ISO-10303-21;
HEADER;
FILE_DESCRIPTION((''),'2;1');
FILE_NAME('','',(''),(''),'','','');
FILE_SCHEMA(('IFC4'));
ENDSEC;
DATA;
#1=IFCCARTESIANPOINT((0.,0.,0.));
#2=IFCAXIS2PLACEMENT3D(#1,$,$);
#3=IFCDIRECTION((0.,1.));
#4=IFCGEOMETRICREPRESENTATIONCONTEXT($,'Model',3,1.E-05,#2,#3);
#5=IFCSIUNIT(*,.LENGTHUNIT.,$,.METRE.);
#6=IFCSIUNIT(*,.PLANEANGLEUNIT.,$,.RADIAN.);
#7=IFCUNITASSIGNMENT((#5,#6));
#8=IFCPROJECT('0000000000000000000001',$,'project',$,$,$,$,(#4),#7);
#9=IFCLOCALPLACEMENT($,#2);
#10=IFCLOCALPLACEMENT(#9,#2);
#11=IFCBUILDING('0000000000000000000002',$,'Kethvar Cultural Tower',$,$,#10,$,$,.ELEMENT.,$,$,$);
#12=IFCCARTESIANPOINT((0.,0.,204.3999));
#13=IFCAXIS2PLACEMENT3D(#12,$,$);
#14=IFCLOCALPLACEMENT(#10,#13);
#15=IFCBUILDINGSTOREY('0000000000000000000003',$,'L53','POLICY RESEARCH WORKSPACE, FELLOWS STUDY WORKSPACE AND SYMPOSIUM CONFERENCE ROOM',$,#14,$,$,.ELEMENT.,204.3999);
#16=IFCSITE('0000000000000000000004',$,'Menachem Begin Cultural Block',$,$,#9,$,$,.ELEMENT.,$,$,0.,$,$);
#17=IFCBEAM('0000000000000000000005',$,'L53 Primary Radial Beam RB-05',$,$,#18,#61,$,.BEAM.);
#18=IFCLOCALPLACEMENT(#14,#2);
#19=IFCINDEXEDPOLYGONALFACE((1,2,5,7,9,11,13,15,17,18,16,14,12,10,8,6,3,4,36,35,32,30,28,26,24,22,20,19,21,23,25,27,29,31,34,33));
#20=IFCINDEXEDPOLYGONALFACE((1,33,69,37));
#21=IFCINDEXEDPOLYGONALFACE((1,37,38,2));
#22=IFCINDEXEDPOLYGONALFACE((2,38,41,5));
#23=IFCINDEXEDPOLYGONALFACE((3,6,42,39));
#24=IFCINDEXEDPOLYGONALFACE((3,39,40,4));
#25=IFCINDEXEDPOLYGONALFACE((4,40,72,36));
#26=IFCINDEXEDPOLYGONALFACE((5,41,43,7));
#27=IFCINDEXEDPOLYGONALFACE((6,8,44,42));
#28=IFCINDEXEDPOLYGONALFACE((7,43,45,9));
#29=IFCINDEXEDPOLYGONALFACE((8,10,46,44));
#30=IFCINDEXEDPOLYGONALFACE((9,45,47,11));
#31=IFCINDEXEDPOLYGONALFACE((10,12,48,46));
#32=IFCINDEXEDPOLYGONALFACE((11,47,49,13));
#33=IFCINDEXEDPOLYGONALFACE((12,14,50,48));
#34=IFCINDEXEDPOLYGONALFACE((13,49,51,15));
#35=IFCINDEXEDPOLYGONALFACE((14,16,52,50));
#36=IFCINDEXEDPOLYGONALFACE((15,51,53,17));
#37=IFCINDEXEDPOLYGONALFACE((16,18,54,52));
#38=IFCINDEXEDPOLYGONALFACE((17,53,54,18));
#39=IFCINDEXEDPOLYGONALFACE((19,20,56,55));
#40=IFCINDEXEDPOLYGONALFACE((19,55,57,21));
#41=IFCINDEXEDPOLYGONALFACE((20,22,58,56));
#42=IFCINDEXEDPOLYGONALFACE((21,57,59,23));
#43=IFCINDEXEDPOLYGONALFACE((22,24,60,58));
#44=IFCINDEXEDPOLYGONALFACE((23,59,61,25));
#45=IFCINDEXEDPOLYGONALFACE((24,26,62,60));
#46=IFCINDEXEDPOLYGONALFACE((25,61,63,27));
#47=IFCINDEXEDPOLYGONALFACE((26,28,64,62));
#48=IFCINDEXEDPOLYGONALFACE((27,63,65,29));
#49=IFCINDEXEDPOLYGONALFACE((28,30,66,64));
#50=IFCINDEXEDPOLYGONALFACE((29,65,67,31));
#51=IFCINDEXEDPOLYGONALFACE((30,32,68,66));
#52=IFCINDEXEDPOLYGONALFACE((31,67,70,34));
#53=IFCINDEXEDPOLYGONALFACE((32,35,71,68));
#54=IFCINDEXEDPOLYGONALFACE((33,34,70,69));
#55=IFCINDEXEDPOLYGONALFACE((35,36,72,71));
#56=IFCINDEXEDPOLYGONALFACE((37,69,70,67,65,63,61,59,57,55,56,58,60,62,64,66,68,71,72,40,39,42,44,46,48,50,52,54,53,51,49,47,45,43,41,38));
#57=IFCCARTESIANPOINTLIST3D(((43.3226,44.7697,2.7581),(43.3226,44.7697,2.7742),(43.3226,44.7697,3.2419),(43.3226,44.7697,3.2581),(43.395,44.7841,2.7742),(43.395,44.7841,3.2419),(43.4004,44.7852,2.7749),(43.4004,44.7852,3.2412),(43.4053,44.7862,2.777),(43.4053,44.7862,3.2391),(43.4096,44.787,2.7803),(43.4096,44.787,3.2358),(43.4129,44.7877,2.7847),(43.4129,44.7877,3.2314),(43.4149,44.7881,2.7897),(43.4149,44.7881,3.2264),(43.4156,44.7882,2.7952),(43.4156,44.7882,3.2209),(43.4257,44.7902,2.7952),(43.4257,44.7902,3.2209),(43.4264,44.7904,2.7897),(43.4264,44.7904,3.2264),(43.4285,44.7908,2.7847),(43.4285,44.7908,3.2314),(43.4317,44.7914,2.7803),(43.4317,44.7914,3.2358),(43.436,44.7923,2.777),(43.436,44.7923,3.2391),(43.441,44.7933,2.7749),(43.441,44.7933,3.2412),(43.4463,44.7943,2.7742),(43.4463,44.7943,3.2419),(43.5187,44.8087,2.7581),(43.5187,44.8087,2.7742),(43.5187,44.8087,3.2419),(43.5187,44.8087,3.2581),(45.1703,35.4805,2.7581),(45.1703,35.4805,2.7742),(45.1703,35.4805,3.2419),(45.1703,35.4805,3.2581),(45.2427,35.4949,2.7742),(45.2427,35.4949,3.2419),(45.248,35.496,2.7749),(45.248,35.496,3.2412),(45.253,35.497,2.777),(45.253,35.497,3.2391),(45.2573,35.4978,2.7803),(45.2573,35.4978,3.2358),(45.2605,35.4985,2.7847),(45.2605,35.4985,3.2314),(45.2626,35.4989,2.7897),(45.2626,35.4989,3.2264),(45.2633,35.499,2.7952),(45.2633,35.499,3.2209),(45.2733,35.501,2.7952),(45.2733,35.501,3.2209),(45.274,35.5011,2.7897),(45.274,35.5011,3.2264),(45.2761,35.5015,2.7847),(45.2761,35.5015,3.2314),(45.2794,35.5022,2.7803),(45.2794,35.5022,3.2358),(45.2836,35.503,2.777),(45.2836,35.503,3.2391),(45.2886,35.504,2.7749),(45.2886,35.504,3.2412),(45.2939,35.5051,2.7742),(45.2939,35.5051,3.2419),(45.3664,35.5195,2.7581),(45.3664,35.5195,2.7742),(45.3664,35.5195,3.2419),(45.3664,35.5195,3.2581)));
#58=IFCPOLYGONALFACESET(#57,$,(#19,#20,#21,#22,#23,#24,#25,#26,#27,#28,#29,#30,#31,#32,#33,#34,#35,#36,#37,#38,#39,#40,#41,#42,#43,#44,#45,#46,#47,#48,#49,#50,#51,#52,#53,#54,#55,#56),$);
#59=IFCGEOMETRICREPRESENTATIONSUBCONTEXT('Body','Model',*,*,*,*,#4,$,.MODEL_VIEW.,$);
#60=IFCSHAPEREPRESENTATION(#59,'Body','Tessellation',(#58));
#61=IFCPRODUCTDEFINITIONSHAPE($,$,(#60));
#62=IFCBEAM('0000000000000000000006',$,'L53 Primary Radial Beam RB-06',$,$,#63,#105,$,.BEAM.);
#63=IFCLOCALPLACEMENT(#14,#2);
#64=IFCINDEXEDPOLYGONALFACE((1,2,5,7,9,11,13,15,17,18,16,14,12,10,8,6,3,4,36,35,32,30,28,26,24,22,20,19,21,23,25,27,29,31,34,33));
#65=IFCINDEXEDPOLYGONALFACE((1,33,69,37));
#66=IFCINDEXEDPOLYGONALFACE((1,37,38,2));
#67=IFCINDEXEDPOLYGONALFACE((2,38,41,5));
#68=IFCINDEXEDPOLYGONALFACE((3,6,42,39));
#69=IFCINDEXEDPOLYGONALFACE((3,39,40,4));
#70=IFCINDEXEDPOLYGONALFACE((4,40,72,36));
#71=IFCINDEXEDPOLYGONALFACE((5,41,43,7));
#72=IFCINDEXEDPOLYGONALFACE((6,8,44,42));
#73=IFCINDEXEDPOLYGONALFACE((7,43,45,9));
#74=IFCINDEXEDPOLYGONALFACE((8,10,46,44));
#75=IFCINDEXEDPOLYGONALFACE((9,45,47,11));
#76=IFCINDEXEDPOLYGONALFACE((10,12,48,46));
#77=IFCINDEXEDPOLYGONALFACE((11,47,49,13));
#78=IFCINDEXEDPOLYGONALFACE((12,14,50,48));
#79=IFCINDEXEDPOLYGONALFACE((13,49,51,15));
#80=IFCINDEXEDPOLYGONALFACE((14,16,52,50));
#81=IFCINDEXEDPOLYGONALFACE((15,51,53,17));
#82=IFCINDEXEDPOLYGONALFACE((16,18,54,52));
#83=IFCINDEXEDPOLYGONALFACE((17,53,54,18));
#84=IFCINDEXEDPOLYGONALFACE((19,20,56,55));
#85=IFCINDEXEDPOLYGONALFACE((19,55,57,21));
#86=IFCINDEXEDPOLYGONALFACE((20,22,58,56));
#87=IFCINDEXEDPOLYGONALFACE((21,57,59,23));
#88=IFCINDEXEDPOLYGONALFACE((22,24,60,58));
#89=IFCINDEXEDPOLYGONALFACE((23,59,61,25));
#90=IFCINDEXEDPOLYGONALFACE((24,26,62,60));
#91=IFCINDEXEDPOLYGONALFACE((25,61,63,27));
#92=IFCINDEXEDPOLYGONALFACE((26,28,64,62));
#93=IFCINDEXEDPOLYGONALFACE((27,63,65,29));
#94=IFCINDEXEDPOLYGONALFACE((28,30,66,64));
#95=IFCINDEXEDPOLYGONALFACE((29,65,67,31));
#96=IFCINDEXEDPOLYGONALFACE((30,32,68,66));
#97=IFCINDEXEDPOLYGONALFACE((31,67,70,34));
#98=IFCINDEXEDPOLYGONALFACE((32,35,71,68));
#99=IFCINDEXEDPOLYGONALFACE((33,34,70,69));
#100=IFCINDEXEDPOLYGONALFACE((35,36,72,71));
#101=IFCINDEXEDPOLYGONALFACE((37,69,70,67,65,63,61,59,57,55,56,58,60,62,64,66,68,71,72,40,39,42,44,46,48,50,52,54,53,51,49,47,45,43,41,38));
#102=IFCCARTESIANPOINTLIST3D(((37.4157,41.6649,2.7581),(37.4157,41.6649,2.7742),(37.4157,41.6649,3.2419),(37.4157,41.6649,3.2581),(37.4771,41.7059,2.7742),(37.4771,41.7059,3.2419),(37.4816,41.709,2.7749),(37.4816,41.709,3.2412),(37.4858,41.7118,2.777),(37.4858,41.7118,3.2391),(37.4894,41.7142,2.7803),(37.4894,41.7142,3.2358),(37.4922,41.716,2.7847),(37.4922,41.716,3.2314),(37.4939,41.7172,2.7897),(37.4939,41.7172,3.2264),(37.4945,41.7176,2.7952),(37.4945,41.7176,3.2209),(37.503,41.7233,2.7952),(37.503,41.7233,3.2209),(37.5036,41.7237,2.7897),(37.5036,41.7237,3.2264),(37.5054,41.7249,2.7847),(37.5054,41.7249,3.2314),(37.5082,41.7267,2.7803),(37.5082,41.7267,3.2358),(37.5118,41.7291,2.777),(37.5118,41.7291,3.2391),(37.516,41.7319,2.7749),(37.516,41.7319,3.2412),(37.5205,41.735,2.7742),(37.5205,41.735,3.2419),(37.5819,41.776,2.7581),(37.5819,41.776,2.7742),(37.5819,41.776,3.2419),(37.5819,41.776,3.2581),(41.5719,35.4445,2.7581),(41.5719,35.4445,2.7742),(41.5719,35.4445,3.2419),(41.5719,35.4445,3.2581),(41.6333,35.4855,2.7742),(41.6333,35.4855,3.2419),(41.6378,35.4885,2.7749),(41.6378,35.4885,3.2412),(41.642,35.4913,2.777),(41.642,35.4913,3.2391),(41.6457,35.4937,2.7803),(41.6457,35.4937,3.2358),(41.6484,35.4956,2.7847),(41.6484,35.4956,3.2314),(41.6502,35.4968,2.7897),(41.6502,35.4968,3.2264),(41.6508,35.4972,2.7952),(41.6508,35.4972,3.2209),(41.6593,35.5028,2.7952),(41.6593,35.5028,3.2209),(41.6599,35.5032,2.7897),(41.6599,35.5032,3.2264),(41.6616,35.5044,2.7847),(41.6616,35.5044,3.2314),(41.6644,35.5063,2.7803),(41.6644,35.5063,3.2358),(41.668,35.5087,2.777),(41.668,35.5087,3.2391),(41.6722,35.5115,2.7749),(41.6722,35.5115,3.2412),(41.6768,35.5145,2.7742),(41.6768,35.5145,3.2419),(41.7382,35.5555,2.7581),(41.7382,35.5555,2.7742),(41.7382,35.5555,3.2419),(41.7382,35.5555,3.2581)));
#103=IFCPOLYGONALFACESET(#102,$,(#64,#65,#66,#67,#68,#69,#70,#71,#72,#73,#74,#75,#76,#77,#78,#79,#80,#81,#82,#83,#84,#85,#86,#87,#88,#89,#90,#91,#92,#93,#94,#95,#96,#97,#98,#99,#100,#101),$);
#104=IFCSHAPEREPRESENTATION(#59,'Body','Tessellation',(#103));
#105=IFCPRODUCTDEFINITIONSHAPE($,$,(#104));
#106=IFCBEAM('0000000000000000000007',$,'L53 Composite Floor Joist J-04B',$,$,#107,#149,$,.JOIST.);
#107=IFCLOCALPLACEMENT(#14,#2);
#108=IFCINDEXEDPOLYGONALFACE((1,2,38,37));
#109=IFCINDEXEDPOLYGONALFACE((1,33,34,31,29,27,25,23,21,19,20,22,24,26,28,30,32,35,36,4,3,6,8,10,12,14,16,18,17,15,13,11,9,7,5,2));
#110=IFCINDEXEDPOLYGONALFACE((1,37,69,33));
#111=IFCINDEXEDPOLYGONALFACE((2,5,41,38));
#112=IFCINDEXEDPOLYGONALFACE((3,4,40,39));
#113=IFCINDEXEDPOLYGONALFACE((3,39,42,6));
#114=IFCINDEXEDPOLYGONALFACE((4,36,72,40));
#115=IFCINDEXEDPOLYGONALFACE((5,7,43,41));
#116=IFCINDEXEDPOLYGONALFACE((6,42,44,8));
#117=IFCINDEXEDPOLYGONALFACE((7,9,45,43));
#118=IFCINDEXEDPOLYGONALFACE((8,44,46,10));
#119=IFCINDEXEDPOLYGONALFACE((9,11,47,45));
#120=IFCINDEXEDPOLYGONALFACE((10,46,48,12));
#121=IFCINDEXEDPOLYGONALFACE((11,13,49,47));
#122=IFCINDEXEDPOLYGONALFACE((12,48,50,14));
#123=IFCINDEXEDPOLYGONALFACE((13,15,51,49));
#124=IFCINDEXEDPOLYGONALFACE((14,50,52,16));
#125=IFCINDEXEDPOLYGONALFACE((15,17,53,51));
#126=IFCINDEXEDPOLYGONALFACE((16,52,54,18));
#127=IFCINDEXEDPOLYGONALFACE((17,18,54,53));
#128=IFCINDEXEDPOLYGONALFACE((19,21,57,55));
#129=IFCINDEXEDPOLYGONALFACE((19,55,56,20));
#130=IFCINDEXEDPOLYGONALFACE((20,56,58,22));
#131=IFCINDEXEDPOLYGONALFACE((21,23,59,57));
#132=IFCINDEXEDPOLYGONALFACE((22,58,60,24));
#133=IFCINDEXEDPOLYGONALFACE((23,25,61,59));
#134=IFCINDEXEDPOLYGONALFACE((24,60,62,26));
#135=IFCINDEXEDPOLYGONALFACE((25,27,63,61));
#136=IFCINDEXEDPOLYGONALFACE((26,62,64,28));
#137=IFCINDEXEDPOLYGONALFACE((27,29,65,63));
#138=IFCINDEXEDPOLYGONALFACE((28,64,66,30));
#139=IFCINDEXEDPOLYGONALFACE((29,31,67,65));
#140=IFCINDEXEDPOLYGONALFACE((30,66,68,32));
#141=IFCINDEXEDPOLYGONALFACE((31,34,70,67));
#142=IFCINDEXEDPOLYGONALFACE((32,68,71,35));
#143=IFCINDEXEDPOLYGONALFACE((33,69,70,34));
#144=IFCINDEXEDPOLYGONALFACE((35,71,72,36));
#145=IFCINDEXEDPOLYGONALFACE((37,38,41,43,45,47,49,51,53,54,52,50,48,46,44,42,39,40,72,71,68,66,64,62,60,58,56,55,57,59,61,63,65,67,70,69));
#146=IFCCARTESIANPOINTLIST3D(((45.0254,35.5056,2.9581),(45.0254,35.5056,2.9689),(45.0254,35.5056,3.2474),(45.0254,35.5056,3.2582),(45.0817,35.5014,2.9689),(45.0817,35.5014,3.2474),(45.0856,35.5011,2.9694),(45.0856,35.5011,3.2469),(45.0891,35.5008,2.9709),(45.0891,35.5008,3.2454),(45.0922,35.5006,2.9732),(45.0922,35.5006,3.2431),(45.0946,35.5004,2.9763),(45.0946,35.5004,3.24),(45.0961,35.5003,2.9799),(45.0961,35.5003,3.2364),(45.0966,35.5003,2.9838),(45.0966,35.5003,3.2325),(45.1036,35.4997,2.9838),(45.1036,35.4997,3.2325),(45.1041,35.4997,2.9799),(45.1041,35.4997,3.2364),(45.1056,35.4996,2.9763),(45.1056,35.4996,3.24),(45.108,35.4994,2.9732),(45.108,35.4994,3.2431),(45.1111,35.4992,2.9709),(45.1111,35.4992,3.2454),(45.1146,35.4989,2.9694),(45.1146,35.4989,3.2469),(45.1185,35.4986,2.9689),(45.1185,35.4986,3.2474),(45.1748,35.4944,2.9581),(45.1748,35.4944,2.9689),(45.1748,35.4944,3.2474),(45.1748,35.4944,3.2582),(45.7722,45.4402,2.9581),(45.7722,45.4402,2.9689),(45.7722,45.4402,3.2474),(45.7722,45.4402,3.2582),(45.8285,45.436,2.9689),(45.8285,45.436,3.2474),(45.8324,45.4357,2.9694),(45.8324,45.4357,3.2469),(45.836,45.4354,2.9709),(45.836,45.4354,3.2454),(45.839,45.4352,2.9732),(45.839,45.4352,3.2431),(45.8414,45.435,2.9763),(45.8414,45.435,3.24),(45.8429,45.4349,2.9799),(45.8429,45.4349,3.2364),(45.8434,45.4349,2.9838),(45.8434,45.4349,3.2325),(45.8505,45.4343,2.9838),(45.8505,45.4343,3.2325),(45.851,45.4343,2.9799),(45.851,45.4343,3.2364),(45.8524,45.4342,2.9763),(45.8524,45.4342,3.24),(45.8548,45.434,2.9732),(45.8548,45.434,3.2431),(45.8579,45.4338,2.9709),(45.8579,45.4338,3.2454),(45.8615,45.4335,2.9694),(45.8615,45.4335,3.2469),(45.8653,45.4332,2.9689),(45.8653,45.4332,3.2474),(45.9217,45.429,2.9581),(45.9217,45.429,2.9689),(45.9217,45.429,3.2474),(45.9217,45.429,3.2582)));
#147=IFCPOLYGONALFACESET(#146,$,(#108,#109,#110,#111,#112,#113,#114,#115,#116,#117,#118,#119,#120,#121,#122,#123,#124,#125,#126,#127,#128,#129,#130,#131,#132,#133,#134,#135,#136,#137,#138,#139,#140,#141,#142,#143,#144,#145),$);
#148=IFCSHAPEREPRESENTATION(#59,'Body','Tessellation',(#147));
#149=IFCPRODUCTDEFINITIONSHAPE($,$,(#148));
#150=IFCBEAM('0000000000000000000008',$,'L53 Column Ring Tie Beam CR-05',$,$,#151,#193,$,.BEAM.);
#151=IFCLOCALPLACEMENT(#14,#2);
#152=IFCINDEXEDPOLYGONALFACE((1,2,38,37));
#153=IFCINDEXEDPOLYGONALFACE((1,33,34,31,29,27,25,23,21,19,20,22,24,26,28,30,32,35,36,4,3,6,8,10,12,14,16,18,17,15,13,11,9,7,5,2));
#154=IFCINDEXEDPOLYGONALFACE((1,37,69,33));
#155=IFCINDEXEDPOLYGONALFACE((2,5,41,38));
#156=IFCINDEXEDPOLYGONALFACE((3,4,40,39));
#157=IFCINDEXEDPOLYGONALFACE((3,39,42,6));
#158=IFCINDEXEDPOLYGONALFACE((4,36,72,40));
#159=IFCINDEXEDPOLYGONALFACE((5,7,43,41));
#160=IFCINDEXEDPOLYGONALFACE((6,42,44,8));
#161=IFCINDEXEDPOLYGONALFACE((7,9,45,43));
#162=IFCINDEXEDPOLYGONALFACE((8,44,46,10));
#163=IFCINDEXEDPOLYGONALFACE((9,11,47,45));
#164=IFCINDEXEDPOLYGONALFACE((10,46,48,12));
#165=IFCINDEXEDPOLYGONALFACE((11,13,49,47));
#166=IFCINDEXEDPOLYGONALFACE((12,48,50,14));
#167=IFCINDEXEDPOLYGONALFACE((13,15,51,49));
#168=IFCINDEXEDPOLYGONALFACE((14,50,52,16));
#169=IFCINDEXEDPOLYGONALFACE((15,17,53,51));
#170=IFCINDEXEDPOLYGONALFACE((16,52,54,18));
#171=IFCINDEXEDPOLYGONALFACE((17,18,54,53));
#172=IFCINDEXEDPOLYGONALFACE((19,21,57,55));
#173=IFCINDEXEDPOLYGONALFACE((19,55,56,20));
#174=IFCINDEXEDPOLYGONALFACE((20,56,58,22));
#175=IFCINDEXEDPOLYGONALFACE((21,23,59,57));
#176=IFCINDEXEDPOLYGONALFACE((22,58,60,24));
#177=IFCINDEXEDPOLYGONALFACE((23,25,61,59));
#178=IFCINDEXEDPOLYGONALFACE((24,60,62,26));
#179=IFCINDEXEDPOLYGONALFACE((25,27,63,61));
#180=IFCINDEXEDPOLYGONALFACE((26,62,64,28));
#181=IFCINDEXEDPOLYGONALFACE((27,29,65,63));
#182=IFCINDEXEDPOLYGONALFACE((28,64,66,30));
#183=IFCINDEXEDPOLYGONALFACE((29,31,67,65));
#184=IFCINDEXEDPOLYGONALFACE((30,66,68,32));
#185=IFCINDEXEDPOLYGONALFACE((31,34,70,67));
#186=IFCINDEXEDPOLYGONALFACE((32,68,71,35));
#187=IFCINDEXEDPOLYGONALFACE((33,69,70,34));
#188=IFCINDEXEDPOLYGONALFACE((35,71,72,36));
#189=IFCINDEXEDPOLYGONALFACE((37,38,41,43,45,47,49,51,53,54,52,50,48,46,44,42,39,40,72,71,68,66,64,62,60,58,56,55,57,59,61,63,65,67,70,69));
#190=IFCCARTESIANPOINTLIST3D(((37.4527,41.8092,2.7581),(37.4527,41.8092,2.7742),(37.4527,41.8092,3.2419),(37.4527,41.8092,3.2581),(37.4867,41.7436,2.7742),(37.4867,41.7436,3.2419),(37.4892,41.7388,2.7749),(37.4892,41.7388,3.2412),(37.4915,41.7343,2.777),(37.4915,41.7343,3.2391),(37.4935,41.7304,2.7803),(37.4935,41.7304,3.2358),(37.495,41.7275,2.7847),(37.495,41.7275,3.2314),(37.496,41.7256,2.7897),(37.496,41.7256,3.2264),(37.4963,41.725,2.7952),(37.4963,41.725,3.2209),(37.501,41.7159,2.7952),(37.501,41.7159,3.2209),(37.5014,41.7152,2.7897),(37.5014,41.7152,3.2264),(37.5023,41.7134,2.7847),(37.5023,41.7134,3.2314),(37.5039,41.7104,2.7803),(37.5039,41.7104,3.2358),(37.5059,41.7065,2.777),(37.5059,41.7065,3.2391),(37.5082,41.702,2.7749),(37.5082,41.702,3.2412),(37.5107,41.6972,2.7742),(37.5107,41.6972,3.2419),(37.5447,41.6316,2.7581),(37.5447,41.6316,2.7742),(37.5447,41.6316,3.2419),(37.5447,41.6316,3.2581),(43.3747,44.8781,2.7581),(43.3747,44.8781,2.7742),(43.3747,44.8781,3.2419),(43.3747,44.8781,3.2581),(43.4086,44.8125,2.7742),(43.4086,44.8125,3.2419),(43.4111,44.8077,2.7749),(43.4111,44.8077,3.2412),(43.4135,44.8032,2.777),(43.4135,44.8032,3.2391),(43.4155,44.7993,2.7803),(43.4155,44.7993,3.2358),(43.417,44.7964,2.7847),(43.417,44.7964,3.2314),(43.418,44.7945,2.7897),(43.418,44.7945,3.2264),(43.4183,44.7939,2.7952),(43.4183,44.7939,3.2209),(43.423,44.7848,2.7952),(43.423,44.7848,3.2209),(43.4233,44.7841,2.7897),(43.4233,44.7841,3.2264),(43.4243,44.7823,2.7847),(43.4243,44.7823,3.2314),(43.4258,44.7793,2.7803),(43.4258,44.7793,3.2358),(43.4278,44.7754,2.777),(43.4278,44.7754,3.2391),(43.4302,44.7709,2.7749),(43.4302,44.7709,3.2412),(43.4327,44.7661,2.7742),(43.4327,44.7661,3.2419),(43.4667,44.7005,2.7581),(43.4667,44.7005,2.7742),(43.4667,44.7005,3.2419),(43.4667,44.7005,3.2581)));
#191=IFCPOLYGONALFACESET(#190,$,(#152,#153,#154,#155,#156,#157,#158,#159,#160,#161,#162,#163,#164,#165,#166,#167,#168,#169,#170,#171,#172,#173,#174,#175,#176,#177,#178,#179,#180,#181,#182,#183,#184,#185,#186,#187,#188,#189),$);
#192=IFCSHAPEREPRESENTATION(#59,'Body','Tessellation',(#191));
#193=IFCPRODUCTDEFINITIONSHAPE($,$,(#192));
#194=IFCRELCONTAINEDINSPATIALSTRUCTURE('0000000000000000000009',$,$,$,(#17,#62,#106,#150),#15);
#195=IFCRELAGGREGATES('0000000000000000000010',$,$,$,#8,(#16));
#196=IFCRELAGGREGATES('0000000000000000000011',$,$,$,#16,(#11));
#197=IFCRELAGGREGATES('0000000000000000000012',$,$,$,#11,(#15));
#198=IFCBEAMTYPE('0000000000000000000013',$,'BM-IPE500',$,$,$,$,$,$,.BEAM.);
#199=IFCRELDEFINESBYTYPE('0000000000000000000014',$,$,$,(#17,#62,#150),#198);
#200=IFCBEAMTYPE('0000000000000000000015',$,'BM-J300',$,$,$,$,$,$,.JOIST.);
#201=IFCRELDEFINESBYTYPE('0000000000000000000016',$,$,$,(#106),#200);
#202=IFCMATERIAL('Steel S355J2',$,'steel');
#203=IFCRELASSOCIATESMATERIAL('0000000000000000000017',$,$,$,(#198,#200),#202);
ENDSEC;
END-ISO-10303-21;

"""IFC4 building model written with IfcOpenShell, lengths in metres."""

from ifc_helpers import new_model, si_unit, direction, frame, origin, origin_2d, place, context, subcontext, project, spatial, i_section, extrude, source, transform, mapped, material, material_profile, profile_set, type_object, element, save


model = new_model("IFC4")

# Units and contexts
model_context = context("Model", 3, precision=1e-05, world=origin(), true_north=direction((0.0, 1.0)))
body_context = subcontext(model_context, "Body", "Model", "MODEL_VIEW")
ifc_project = project(units=[si_unit("LENGTHUNIT", "METRE"), si_unit("PLANEANGLEUNIT", "RADIAN")], contexts=[model_context])

# Site, building, storey
site_placement = place(None, origin())
site = spatial("IfcSite", under=ifc_project, at=site_placement, Name="Menachem Begin Cultural Block", CompositionType="ELEMENT", RefElevation=0.0)
building_placement = place(site_placement, origin())
building = spatial("IfcBuilding", under=site, at=building_placement, Name="Kethvar Cultural Tower", CompositionType="ELEMENT")
storey_placement = place(building_placement, frame((0.0, 0.0, 204.3999)))
storey = spatial("IfcBuildingStorey", under=building, at=storey_placement, Name="L53", Description="POLICY RESEARCH WORKSPACE, FELLOWS STUDY WORKSPACE AND SYMPOSIUM CONFERENCE ROOM", CompositionType="ELEMENT", Elevation=204.3999)

# Beams
ifc_material_1 = material(Name="Steel S355J2", Category="steel")
ifc_material_profile_1 = material_profile(ifc_material_1, i_section(OverallWidth=0.2, OverallDepth=0.5, WebThickness=0.0103, FlangeThickness=0.0161, FilletRadius=0.021, at=origin_2d()), Name="Steel S355J2 — IPE500")
ifc_profile_set_1 = profile_set([ifc_material_profile_1], Name="Steel S355J2 — IPE500")
beam_type_1 = type_object("IfcBeamType", Name="BM-IPE500", PredefinedType="BEAM", material=ifc_profile_set_1)
shared_shape_1 = source(origin(), body_context, "Body", "SweptSolid", [
    extrude(i_section(OverallWidth=0.2, OverallDepth=0.5, WebThickness=0.0103, FlangeThickness=0.0161, FilletRadius=0.021, at=origin_2d()), origin(), (0.0, 0.0, 1.0), 9.4712),
])
beam_1_placement = place(storey_placement, frame((45.2683, 35.5, 3.0081), z_axis=(-0.19508, 0.980787, 0.0), x_axis=(-0.980787, -0.19508, 0.0)))
element("IfcBeam", 1, at=beam_1_placement, inside=storey, type_object=beam_type_1, Name="L53 Primary Radial Beam RB-05", PredefinedType="BEAM", context=body_context, shape_type="MappedRepresentation", body=[
    mapped(shared_shape_1, transform((0.0, 0.0, 0.0), scale=1.0)),
])
shared_shape_2 = source(origin(), body_context, "Body", "SweptSolid", [
    extrude(i_section(OverallWidth=0.2, OverallDepth=0.5, WebThickness=0.0103, FlangeThickness=0.0161, FilletRadius=0.021, at=origin_2d()), origin(), (0.0, 0.0, 1.0), 7.4812),
])
beam_2_placement = place(storey_placement, frame((41.655, 35.5, 3.0081), z_axis=(-0.555558, 0.831478, 0.0), x_axis=(-0.831478, -0.555558, 0.0)))
element("IfcBeam", 2, at=beam_2_placement, inside=storey, type_object=beam_type_1, Name="L53 Primary Radial Beam RB-06", PredefinedType="BEAM", context=body_context, shape_type="MappedRepresentation", body=[
    mapped(shared_shape_2, transform((0.0, 0.0, 0.0), scale=1.0)),
])
ifc_material_profile_2 = material_profile(ifc_material_1, i_section(OverallWidth=0.1499, OverallDepth=0.3, WebThickness=0.0071, FlangeThickness=0.0107, FilletRadius=0.0149, at=origin_2d()), Name="Steel S355J2 — IPE300")
ifc_profile_set_2 = profile_set([ifc_material_profile_2], Name="Steel S355J2 — IPE300")
beam_type_2 = type_object("IfcBeamType", Name="BM-J300", PredefinedType="JOIST", material=ifc_profile_set_2)
shared_shape_3 = source(origin(), body_context, "Body", "SweptSolid", [
    extrude(i_section(OverallWidth=0.1499, OverallDepth=0.3, WebThickness=0.0071, FlangeThickness=0.0107, FilletRadius=0.0149, at=origin_2d()), origin(), (0.0, 0.0, 1.0), 9.9626),
])
beam_3_placement = place(storey_placement, frame((45.1001, 35.5, 3.1082), z_axis=(0.074963, 0.997186, 0.0), x_axis=(-0.997186, 0.074963, 0.0)))
element("IfcBeam", 3, at=beam_3_placement, inside=storey, type_object=beam_type_2, Name="L53 Composite Floor Joist J-04B", PredefinedType="JOIST", context=body_context, shape_type="MappedRepresentation", body=[
    mapped(shared_shape_3, transform((0.0, 0.0, 0.0), scale=1.0)),
])
shared_shape_4 = source(origin(), body_context, "Body", "SweptSolid", [
    extrude(i_section(OverallWidth=0.2, OverallDepth=0.5, WebThickness=0.0103, FlangeThickness=0.0161, FilletRadius=0.021, at=origin_2d()), origin(), (0.0, 0.0, 1.0), 6.6699),
])
beam_4_placement = place(storey_placement, frame((43.4207, 44.7893, 3.0081), z_axis=(-0.887862, -0.46011, 0.0), x_axis=(0.46011, -0.887862, 0.0)))
element("IfcBeam", 4, at=beam_4_placement, inside=storey, type_object=beam_type_1, Name="L53 Column Ring Tie Beam CR-05", PredefinedType="BEAM", context=body_context, shape_type="MappedRepresentation", body=[
    mapped(shared_shape_4, transform((0.0, 0.0, 0.0), scale=1.0)),
])

save(model, "model.ifc")
